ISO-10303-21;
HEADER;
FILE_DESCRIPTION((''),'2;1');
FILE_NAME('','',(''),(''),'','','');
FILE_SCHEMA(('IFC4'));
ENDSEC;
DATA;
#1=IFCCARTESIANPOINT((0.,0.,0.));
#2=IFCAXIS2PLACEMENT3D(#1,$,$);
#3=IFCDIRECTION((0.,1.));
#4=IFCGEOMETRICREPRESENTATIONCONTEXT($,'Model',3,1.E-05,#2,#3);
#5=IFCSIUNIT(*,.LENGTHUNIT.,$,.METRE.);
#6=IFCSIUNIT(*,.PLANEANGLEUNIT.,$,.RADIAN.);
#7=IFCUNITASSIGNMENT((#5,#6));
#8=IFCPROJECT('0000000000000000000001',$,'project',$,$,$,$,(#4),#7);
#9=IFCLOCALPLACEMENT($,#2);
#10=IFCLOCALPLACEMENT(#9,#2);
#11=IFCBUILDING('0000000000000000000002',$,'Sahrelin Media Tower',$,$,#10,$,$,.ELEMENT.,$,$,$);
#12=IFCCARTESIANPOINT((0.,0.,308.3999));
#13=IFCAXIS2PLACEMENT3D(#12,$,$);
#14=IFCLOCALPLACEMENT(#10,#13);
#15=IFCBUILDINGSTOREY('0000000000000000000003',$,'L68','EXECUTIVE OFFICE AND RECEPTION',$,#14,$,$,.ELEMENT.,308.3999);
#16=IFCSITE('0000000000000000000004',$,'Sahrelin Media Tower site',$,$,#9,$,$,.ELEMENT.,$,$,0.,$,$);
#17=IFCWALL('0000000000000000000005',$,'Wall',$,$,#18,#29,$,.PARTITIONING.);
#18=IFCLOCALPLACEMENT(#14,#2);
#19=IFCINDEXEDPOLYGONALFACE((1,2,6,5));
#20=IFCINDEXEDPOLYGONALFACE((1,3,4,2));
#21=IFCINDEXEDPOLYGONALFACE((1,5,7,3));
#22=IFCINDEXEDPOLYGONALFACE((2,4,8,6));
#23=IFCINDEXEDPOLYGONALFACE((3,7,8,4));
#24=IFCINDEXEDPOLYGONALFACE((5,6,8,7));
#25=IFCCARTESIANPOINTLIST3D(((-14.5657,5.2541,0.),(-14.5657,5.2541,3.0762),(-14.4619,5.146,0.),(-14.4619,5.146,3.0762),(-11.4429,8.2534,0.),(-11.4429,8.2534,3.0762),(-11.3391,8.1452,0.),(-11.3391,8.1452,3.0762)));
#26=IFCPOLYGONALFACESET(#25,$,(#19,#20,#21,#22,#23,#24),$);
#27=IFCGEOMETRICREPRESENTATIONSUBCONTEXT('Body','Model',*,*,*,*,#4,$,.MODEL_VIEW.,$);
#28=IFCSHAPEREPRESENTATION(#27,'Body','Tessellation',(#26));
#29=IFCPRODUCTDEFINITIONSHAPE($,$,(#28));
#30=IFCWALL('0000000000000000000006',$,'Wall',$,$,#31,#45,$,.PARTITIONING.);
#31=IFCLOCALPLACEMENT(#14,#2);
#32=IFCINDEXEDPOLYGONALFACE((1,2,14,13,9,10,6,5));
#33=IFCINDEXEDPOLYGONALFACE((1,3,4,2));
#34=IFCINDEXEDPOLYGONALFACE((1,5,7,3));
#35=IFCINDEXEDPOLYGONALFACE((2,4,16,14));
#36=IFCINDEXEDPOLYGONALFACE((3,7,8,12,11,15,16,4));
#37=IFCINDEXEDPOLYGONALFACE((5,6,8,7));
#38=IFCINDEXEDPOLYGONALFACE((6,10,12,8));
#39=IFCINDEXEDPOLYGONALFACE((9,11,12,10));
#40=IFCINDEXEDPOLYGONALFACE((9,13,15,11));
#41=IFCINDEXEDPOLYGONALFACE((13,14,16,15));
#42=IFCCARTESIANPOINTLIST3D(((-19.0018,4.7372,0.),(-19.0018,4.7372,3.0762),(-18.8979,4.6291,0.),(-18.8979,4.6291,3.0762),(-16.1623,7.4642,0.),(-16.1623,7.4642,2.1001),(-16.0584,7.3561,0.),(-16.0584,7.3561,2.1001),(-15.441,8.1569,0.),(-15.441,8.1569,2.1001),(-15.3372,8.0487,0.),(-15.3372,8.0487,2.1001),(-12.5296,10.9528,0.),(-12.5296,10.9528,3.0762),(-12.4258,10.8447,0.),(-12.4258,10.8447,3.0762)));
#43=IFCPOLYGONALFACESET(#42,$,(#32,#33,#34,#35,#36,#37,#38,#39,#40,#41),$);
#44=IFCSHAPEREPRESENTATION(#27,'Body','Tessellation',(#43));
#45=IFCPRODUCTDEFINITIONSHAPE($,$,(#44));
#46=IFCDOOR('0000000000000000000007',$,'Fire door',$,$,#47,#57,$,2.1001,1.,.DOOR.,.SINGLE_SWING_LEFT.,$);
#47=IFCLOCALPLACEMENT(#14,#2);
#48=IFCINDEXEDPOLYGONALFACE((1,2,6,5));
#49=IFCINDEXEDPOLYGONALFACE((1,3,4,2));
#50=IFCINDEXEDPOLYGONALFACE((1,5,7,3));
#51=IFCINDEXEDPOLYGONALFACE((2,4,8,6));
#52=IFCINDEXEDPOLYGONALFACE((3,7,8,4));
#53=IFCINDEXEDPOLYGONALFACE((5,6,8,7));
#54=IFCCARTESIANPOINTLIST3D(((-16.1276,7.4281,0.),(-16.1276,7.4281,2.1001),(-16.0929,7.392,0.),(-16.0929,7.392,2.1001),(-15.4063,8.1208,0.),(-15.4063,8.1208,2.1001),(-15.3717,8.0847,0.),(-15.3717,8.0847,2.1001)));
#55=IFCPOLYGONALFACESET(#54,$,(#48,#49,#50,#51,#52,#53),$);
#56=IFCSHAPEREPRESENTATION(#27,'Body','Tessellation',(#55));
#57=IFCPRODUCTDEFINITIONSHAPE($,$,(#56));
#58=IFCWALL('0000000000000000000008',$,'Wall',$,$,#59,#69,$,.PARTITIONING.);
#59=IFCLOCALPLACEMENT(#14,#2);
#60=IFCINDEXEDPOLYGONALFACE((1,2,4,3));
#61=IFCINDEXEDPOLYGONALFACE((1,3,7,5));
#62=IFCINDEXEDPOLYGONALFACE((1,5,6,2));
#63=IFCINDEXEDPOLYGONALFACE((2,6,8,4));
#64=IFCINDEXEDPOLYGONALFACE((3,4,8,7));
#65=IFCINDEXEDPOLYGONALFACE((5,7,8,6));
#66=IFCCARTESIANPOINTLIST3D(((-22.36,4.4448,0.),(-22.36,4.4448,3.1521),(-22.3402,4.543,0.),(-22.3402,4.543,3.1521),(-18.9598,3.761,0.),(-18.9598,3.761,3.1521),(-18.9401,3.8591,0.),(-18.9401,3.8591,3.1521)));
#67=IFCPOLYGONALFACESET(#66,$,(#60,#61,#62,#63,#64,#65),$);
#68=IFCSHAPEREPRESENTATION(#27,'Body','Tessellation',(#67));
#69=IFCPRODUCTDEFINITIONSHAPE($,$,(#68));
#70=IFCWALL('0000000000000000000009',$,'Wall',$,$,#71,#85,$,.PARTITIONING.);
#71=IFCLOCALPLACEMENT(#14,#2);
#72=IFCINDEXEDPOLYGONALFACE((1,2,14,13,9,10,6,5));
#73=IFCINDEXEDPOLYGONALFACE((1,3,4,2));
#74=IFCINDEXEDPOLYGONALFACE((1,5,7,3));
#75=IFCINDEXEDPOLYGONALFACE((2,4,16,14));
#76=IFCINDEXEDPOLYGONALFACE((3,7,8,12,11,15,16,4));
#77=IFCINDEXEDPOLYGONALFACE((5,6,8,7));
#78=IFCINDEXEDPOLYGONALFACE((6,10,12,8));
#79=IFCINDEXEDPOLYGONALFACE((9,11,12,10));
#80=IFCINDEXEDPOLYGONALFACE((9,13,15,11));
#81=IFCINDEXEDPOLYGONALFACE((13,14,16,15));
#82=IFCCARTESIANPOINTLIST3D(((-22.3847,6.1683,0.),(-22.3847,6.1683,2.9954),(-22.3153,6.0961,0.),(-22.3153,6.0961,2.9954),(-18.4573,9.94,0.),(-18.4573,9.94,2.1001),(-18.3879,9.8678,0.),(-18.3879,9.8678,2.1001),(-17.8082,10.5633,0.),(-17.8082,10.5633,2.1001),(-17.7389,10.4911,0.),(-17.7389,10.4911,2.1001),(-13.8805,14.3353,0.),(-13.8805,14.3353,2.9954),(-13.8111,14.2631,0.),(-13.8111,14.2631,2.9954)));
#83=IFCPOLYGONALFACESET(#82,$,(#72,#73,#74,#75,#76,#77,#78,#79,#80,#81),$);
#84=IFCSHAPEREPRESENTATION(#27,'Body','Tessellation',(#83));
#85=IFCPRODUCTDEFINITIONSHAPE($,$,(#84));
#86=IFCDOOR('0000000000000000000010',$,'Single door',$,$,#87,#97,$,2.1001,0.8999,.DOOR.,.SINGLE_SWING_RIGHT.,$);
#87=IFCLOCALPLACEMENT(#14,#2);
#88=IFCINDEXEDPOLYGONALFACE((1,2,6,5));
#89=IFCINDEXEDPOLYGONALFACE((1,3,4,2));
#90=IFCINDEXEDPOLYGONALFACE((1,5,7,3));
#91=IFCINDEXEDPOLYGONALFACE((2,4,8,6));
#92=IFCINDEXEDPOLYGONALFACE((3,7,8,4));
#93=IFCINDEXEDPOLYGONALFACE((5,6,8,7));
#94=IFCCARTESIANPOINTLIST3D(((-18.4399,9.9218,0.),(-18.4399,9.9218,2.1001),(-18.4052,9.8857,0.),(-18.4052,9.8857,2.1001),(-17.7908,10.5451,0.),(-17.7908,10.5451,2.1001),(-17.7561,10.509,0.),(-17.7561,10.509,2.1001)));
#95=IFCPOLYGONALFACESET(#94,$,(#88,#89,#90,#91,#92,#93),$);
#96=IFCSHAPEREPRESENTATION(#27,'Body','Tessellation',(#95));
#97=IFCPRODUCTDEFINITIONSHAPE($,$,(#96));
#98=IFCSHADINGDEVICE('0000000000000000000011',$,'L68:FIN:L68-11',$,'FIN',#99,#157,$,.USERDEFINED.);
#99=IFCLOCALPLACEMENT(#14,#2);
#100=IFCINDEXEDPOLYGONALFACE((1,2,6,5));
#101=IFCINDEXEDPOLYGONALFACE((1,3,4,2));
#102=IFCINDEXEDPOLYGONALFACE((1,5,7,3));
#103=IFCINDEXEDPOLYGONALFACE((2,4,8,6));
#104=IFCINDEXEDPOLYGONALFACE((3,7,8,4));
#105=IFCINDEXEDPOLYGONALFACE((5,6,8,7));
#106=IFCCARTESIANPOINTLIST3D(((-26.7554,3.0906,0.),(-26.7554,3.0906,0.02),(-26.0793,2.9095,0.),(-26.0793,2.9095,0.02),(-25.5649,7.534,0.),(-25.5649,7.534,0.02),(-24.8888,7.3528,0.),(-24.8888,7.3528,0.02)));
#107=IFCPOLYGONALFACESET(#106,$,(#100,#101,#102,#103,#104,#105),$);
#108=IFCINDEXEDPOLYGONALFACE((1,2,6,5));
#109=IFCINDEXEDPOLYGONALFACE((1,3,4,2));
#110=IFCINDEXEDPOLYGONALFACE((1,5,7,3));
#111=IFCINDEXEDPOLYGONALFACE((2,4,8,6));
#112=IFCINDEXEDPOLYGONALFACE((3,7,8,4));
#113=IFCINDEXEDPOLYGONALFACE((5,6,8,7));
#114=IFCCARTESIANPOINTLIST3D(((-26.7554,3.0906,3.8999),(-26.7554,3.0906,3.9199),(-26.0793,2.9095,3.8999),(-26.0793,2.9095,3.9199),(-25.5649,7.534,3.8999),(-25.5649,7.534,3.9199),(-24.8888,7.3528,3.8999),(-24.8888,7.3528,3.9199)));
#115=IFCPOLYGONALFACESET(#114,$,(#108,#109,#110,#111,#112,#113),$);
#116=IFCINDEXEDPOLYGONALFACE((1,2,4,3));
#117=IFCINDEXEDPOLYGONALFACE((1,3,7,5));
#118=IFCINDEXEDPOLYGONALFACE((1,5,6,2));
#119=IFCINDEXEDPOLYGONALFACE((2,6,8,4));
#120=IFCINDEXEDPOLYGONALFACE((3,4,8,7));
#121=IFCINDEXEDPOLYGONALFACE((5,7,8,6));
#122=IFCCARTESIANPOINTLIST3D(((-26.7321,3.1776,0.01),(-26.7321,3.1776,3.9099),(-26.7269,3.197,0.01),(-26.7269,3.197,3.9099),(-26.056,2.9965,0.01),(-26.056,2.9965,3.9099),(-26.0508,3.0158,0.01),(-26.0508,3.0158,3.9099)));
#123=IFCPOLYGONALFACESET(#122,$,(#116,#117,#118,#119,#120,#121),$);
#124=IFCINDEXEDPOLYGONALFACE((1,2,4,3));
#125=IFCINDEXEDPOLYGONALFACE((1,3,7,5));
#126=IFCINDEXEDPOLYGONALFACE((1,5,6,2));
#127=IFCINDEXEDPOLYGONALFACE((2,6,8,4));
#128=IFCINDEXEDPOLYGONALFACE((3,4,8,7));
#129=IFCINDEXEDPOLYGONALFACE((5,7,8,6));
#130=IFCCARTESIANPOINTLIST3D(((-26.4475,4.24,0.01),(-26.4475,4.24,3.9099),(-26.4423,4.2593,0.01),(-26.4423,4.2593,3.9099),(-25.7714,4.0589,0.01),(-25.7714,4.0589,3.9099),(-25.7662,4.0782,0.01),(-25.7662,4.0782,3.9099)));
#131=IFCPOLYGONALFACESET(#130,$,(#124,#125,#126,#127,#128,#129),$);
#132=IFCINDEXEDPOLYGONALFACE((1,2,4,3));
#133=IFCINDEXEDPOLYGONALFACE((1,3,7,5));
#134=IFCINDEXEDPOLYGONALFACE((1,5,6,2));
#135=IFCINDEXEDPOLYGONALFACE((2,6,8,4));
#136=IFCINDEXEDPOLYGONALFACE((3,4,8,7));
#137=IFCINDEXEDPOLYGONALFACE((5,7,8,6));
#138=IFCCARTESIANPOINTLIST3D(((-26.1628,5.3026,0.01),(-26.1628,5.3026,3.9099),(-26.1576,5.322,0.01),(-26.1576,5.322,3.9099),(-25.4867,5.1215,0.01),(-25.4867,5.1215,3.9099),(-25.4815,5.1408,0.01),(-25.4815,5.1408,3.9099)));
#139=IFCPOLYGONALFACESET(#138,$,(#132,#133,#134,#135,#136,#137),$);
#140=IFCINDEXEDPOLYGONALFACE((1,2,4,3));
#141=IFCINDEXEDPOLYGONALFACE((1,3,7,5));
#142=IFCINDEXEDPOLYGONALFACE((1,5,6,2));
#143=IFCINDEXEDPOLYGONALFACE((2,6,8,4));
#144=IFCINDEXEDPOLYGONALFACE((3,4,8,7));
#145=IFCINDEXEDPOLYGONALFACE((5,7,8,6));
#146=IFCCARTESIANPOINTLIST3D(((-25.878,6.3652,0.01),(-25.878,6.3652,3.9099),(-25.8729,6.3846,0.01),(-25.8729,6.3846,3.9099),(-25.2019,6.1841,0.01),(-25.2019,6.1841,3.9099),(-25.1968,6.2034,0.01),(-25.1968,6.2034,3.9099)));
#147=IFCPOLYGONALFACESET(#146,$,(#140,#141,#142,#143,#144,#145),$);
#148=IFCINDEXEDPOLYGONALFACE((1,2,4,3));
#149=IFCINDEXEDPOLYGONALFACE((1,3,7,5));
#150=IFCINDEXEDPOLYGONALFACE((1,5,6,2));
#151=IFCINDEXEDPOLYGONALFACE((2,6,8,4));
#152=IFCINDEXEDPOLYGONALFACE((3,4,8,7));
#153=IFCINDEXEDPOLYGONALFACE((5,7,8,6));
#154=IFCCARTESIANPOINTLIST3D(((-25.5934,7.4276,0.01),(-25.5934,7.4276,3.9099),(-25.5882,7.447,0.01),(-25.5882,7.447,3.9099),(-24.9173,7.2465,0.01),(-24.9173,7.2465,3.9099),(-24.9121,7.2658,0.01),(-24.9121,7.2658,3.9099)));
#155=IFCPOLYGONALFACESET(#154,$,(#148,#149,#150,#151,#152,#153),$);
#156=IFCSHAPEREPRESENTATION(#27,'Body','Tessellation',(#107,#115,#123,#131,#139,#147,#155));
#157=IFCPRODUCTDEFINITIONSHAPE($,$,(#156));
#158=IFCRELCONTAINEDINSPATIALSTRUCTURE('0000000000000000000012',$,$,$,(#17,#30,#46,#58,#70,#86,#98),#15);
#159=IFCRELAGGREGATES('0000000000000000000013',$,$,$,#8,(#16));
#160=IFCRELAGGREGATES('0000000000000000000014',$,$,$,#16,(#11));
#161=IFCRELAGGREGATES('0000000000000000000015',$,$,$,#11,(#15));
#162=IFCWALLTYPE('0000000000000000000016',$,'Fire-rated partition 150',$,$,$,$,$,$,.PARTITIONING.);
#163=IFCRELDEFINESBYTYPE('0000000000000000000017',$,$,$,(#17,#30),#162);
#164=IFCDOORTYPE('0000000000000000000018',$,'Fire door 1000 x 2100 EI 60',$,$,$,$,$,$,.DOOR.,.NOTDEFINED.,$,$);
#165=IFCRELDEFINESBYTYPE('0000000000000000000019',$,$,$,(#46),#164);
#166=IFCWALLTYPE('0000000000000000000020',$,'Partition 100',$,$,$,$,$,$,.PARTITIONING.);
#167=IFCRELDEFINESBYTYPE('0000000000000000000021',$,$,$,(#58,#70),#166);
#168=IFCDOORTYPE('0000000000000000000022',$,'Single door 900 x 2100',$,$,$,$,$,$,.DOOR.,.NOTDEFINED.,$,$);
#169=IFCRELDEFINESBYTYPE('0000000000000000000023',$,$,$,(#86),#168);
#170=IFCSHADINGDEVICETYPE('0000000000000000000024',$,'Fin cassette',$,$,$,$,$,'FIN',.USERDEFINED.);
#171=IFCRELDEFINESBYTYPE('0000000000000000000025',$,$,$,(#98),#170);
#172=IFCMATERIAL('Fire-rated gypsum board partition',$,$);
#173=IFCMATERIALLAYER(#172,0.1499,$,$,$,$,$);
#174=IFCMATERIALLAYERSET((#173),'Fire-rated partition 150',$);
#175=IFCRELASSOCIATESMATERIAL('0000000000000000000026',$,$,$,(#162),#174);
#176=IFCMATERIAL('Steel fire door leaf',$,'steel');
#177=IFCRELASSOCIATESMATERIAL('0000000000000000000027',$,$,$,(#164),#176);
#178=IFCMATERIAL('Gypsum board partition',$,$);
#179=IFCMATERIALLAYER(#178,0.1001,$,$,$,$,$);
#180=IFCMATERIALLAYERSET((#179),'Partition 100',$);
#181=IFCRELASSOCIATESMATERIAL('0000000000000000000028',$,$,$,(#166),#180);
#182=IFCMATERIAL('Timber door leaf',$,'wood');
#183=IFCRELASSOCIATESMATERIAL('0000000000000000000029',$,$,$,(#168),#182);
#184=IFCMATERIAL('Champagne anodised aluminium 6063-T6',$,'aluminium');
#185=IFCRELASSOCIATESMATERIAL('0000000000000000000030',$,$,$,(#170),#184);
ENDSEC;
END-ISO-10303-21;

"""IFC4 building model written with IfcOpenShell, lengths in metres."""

from ifc_helpers import new_model, si_unit, direction, frame, frame_2d, origin, origin_2d, place, context, subcontext, project, spatial, rectangle, extrude, material, layer, layer_set, type_object, element, fill, save


model = new_model("IFC4")

# Units and contexts
model_context = context("Model", 3, precision=1e-05, world=origin(), true_north=direction((0.0, 1.0)))
body_context = subcontext(model_context, "Body", "Model", "MODEL_VIEW")
ifc_project = project(units=[si_unit("LENGTHUNIT", "METRE"), si_unit("PLANEANGLEUNIT", "RADIAN")], contexts=[model_context])

# Site, building, storey
site_placement = place(None, origin())
site = spatial("IfcSite", under=ifc_project, at=site_placement, Name="Sahrelin Media Tower site", CompositionType="ELEMENT", RefElevation=0.0)
building_placement = place(site_placement, origin())
building = spatial("IfcBuilding", under=site, at=building_placement, Name="Sahrelin Media Tower", CompositionType="ELEMENT")
storey_placement = place(building_placement, frame((0.0, 0.0, 308.3999)))
storey = spatial("IfcBuildingStorey", under=building, at=storey_placement, Name="L68", Description="EXECUTIVE OFFICE AND RECEPTION", CompositionType="ELEMENT", Elevation=308.3999)

# Shared definitions
ifc_material_1 = material(Name="Champagne anodised aluminium 6063-T6", Category="aluminium")

# Wall
ifc_material_2 = material(Name="Fire-rated gypsum board partition")
ifc_layer_1 = layer(ifc_material_2, 0.1499)
ifc_layer_set_1 = layer_set([ifc_layer_1], Name="Fire-rated partition 150")
wall_type_1 = type_object("IfcWallType", Name="Fire-rated partition 150", PredefinedType="PARTITIONING", material=ifc_layer_set_1)
wall_1_placement = place(storey_placement, frame((-14.5139, 5.2, 0.0), z_axis=(0.0, 0.0, 1.0), x_axis=(0.721228, 0.692697, 0.0)))
element("IfcWall", 1, at=wall_1_placement, inside=storey, type_object=wall_type_1, Name="Wall", PredefinedType="PARTITIONING", context=body_context, shape_type="SweptSolid", body=[
    extrude(rectangle(XDim=4.3298, YDim=0.1499, at=frame_2d((2.165, 0.0))), origin(), (0.0, 0.0, 1.0), 3.0762),
])

# Wall, opening, door
wall_2_placement = place(storey_placement, frame((-18.95, 4.6831, 0.0), z_axis=(0.0, 0.0, 1.0), x_axis=(0.72126, 0.692665, 0.0)))
wall_2 = element("IfcWall", 2, at=wall_2_placement, inside=storey, type_object=wall_type_1, Name="Wall", PredefinedType="PARTITIONING", context=body_context, shape_type="SweptSolid", body=[
    extrude(rectangle(XDim=8.9734, YDim=0.1499, at=frame_2d((4.4868, 0.0))), origin(), (0.0, 0.0, 1.0), 3.0762),
])
opening_1_placement = place(wall_2_placement, frame((3.937, 0.0, 0.0)))
opening_1 = element("IfcOpeningElement", 3, at=opening_1_placement, cuts=wall_2, PredefinedType="OPENING", context=body_context, shape_type="SweptSolid", body=[
    extrude(rectangle(XDim=1.0, YDim=2.1001, at=frame_2d((0.5, 1.05))), frame((0.0, 0.075, 0.0), z_axis=(0.0, -1.0, 0.0), x_axis=(1.0, 0.0, 0.0)), (0.0, 0.0, 1.0), 0.1499),
])
ifc_material_3 = material(Name="Steel fire door leaf", Category="steel")
door_type_1 = type_object("IfcDoorType", Name="Fire door 1000 x 2100 EI 60", OperationType="NOTDEFINED", PredefinedType="DOOR", material=ifc_material_3)
door_1_placement = place(opening_1_placement, origin())
door_1 = element("IfcDoor", 4, at=door_1_placement, inside=storey, type_object=door_type_1, Name="Fire door", OperationType="SINGLE_SWING_LEFT", OverallHeight=2.1001, OverallWidth=1.0, PredefinedType="DOOR", context=body_context, shape_type="SweptSolid", body=[
    extrude(rectangle(XDim=1.0, YDim=2.1001, at=frame_2d((0.5, 1.05))), frame((0.0, 0.0249, 0.0), z_axis=(0.0, -1.0, 0.0), x_axis=(1.0, 0.0, 0.0)), (0.0, 0.0, 1.0), 0.05),
])
fill(opening_1, door_1)

# Wall
ifc_material_4 = material(Name="Gypsum board partition")
ifc_layer_2 = layer(ifc_material_4, 0.1001)
ifc_layer_set_2 = layer_set([ifc_layer_2], Name="Partition 100")
wall_type_2 = type_object("IfcWallType", Name="Partition 100", PredefinedType="PARTITIONING", material=ifc_layer_set_2)
wall_3_placement = place(storey_placement, frame((-22.3501, 4.4939, 0.0), z_axis=(0.0, 0.0, 1.0), x_axis=(0.980369, -0.197172, 0.0)))
element("IfcWall", 5, at=wall_3_placement, inside=storey, type_object=wall_type_2, Name="Wall", PredefinedType="PARTITIONING", context=body_context, shape_type="SweptSolid", body=[
    extrude(rectangle(XDim=3.4683, YDim=0.1001, at=frame_2d((1.7341, 0.0))), origin(), (0.0, 0.0, 1.0), 3.1521),
])

# Wall, opening, door
wall_4_placement = place(storey_placement, frame((-22.3501, 6.1321, 0.0), z_axis=(0.0, 0.0, 1.0), x_axis=(0.72126, 0.692665, 0.0)))
wall_4 = element("IfcWall", 6, at=wall_4_placement, inside=storey, type_object=wall_type_2, Name="Wall", PredefinedType="PARTITIONING", context=body_context, shape_type="SweptSolid", body=[
    extrude(rectangle(XDim=11.7908, YDim=0.1001, at=frame_2d((5.8955, 0.0))), origin(), (0.0, 0.0, 1.0), 2.9954),
])
opening_2_placement = place(wall_4_placement, frame((5.4453, 0.0, 0.0)))
opening_2 = element("IfcOpeningElement", 7, at=opening_2_placement, cuts=wall_4, PredefinedType="OPENING", context=body_context, shape_type="SweptSolid", body=[
    extrude(rectangle(XDim=0.8999, YDim=2.1001, at=frame_2d((0.45, 1.05))), frame((0.0, 0.05, 0.0), z_axis=(0.0, -1.0, 0.0), x_axis=(1.0, 0.0, 0.0)), (0.0, 0.0, 1.0), 0.1001),
])
ifc_material_5 = material(Name="Timber door leaf", Category="wood")
door_type_2 = type_object("IfcDoorType", Name="Single door 900 x 2100", OperationType="NOTDEFINED", PredefinedType="DOOR", material=ifc_material_5)
door_2_placement = place(opening_2_placement, origin())
door_2 = element("IfcDoor", 8, at=door_2_placement, inside=storey, type_object=door_type_2, Name="Single door", OperationType="SINGLE_SWING_RIGHT", OverallHeight=2.1001, OverallWidth=0.8999, PredefinedType="DOOR", context=body_context, shape_type="SweptSolid", body=[
    extrude(rectangle(XDim=0.8999, YDim=2.1001, at=frame_2d((0.45, 1.05))), frame((0.0, 0.0249, 0.0), z_axis=(0.0, -1.0, 0.0), x_axis=(1.0, 0.0, 0.0)), (0.0, 0.0, 1.0), 0.05),
])
fill(opening_2, door_2)

# Shading device
shading_device_type_1 = type_object("IfcShadingDeviceType", Name="Fin cassette", ElementType="FIN", PredefinedType="USERDEFINED", material=ifc_material_1)
placement = place(storey_placement, frame((-25.4165, 5.113, 0.0), z_axis=(0.0, 0.0, 1.0), x_axis=(0.258808, 0.965929, 0.0)))
element("IfcShadingDevice", 9, at=placement, inside=storey, type_object=shading_device_type_1, Name="L68:FIN:L68-11", ObjectType="FIN", PredefinedType="USERDEFINED", context=body_context, shape_type="SweptSolid", body=[
    extrude(rectangle(XDim=4.6001, YDim=0.7, at=origin_2d()), frame((0.0, 0.4199, 0.0)), (0.0, 0.0, 1.0), 0.02),
    extrude(rectangle(XDim=4.6001, YDim=0.7, at=origin_2d()), frame((0.0, 0.4199, 3.8999)), (0.0, 0.0, 1.0), 0.02),
    extrude(rectangle(XDim=0.02, YDim=0.7, at=origin_2d()), frame((-2.2, 0.4199, 0.01), z_axis=(0.0, 0.0, 1.0), x_axis=(1.0, 0.0, 0.0)), (0.0, 0.0, 1.0), 3.8999),
    extrude(rectangle(XDim=0.02, YDim=0.7, at=origin_2d()), frame((-1.1001, 0.4199, 0.01), z_axis=(0.0, 0.0, 1.0), x_axis=(1.0, 0.0, 0.0)), (0.0, 0.0, 1.0), 3.8999),
    extrude(rectangle(XDim=0.02, YDim=0.7, at=origin_2d()), frame((0.0, 0.4199, 0.01), z_axis=(0.0, 0.0, 1.0), x_axis=(1.0, 0.0, 0.0)), (0.0, 0.0, 1.0), 3.8999),
    extrude(rectangle(XDim=0.02, YDim=0.7, at=origin_2d()), frame((1.1001, 0.4199, 0.01), z_axis=(0.0, 0.0, 1.0), x_axis=(1.0, 0.0, 0.0)), (0.0, 0.0, 1.0), 3.8999),
    extrude(rectangle(XDim=0.02, YDim=0.7, at=origin_2d()), frame((2.2, 0.4199, 0.01), z_axis=(0.0, 0.0, 1.0), x_axis=(1.0, 0.0, 0.0)), (0.0, 0.0, 1.0), 3.8999),
])

save(model, "model.ifc")
